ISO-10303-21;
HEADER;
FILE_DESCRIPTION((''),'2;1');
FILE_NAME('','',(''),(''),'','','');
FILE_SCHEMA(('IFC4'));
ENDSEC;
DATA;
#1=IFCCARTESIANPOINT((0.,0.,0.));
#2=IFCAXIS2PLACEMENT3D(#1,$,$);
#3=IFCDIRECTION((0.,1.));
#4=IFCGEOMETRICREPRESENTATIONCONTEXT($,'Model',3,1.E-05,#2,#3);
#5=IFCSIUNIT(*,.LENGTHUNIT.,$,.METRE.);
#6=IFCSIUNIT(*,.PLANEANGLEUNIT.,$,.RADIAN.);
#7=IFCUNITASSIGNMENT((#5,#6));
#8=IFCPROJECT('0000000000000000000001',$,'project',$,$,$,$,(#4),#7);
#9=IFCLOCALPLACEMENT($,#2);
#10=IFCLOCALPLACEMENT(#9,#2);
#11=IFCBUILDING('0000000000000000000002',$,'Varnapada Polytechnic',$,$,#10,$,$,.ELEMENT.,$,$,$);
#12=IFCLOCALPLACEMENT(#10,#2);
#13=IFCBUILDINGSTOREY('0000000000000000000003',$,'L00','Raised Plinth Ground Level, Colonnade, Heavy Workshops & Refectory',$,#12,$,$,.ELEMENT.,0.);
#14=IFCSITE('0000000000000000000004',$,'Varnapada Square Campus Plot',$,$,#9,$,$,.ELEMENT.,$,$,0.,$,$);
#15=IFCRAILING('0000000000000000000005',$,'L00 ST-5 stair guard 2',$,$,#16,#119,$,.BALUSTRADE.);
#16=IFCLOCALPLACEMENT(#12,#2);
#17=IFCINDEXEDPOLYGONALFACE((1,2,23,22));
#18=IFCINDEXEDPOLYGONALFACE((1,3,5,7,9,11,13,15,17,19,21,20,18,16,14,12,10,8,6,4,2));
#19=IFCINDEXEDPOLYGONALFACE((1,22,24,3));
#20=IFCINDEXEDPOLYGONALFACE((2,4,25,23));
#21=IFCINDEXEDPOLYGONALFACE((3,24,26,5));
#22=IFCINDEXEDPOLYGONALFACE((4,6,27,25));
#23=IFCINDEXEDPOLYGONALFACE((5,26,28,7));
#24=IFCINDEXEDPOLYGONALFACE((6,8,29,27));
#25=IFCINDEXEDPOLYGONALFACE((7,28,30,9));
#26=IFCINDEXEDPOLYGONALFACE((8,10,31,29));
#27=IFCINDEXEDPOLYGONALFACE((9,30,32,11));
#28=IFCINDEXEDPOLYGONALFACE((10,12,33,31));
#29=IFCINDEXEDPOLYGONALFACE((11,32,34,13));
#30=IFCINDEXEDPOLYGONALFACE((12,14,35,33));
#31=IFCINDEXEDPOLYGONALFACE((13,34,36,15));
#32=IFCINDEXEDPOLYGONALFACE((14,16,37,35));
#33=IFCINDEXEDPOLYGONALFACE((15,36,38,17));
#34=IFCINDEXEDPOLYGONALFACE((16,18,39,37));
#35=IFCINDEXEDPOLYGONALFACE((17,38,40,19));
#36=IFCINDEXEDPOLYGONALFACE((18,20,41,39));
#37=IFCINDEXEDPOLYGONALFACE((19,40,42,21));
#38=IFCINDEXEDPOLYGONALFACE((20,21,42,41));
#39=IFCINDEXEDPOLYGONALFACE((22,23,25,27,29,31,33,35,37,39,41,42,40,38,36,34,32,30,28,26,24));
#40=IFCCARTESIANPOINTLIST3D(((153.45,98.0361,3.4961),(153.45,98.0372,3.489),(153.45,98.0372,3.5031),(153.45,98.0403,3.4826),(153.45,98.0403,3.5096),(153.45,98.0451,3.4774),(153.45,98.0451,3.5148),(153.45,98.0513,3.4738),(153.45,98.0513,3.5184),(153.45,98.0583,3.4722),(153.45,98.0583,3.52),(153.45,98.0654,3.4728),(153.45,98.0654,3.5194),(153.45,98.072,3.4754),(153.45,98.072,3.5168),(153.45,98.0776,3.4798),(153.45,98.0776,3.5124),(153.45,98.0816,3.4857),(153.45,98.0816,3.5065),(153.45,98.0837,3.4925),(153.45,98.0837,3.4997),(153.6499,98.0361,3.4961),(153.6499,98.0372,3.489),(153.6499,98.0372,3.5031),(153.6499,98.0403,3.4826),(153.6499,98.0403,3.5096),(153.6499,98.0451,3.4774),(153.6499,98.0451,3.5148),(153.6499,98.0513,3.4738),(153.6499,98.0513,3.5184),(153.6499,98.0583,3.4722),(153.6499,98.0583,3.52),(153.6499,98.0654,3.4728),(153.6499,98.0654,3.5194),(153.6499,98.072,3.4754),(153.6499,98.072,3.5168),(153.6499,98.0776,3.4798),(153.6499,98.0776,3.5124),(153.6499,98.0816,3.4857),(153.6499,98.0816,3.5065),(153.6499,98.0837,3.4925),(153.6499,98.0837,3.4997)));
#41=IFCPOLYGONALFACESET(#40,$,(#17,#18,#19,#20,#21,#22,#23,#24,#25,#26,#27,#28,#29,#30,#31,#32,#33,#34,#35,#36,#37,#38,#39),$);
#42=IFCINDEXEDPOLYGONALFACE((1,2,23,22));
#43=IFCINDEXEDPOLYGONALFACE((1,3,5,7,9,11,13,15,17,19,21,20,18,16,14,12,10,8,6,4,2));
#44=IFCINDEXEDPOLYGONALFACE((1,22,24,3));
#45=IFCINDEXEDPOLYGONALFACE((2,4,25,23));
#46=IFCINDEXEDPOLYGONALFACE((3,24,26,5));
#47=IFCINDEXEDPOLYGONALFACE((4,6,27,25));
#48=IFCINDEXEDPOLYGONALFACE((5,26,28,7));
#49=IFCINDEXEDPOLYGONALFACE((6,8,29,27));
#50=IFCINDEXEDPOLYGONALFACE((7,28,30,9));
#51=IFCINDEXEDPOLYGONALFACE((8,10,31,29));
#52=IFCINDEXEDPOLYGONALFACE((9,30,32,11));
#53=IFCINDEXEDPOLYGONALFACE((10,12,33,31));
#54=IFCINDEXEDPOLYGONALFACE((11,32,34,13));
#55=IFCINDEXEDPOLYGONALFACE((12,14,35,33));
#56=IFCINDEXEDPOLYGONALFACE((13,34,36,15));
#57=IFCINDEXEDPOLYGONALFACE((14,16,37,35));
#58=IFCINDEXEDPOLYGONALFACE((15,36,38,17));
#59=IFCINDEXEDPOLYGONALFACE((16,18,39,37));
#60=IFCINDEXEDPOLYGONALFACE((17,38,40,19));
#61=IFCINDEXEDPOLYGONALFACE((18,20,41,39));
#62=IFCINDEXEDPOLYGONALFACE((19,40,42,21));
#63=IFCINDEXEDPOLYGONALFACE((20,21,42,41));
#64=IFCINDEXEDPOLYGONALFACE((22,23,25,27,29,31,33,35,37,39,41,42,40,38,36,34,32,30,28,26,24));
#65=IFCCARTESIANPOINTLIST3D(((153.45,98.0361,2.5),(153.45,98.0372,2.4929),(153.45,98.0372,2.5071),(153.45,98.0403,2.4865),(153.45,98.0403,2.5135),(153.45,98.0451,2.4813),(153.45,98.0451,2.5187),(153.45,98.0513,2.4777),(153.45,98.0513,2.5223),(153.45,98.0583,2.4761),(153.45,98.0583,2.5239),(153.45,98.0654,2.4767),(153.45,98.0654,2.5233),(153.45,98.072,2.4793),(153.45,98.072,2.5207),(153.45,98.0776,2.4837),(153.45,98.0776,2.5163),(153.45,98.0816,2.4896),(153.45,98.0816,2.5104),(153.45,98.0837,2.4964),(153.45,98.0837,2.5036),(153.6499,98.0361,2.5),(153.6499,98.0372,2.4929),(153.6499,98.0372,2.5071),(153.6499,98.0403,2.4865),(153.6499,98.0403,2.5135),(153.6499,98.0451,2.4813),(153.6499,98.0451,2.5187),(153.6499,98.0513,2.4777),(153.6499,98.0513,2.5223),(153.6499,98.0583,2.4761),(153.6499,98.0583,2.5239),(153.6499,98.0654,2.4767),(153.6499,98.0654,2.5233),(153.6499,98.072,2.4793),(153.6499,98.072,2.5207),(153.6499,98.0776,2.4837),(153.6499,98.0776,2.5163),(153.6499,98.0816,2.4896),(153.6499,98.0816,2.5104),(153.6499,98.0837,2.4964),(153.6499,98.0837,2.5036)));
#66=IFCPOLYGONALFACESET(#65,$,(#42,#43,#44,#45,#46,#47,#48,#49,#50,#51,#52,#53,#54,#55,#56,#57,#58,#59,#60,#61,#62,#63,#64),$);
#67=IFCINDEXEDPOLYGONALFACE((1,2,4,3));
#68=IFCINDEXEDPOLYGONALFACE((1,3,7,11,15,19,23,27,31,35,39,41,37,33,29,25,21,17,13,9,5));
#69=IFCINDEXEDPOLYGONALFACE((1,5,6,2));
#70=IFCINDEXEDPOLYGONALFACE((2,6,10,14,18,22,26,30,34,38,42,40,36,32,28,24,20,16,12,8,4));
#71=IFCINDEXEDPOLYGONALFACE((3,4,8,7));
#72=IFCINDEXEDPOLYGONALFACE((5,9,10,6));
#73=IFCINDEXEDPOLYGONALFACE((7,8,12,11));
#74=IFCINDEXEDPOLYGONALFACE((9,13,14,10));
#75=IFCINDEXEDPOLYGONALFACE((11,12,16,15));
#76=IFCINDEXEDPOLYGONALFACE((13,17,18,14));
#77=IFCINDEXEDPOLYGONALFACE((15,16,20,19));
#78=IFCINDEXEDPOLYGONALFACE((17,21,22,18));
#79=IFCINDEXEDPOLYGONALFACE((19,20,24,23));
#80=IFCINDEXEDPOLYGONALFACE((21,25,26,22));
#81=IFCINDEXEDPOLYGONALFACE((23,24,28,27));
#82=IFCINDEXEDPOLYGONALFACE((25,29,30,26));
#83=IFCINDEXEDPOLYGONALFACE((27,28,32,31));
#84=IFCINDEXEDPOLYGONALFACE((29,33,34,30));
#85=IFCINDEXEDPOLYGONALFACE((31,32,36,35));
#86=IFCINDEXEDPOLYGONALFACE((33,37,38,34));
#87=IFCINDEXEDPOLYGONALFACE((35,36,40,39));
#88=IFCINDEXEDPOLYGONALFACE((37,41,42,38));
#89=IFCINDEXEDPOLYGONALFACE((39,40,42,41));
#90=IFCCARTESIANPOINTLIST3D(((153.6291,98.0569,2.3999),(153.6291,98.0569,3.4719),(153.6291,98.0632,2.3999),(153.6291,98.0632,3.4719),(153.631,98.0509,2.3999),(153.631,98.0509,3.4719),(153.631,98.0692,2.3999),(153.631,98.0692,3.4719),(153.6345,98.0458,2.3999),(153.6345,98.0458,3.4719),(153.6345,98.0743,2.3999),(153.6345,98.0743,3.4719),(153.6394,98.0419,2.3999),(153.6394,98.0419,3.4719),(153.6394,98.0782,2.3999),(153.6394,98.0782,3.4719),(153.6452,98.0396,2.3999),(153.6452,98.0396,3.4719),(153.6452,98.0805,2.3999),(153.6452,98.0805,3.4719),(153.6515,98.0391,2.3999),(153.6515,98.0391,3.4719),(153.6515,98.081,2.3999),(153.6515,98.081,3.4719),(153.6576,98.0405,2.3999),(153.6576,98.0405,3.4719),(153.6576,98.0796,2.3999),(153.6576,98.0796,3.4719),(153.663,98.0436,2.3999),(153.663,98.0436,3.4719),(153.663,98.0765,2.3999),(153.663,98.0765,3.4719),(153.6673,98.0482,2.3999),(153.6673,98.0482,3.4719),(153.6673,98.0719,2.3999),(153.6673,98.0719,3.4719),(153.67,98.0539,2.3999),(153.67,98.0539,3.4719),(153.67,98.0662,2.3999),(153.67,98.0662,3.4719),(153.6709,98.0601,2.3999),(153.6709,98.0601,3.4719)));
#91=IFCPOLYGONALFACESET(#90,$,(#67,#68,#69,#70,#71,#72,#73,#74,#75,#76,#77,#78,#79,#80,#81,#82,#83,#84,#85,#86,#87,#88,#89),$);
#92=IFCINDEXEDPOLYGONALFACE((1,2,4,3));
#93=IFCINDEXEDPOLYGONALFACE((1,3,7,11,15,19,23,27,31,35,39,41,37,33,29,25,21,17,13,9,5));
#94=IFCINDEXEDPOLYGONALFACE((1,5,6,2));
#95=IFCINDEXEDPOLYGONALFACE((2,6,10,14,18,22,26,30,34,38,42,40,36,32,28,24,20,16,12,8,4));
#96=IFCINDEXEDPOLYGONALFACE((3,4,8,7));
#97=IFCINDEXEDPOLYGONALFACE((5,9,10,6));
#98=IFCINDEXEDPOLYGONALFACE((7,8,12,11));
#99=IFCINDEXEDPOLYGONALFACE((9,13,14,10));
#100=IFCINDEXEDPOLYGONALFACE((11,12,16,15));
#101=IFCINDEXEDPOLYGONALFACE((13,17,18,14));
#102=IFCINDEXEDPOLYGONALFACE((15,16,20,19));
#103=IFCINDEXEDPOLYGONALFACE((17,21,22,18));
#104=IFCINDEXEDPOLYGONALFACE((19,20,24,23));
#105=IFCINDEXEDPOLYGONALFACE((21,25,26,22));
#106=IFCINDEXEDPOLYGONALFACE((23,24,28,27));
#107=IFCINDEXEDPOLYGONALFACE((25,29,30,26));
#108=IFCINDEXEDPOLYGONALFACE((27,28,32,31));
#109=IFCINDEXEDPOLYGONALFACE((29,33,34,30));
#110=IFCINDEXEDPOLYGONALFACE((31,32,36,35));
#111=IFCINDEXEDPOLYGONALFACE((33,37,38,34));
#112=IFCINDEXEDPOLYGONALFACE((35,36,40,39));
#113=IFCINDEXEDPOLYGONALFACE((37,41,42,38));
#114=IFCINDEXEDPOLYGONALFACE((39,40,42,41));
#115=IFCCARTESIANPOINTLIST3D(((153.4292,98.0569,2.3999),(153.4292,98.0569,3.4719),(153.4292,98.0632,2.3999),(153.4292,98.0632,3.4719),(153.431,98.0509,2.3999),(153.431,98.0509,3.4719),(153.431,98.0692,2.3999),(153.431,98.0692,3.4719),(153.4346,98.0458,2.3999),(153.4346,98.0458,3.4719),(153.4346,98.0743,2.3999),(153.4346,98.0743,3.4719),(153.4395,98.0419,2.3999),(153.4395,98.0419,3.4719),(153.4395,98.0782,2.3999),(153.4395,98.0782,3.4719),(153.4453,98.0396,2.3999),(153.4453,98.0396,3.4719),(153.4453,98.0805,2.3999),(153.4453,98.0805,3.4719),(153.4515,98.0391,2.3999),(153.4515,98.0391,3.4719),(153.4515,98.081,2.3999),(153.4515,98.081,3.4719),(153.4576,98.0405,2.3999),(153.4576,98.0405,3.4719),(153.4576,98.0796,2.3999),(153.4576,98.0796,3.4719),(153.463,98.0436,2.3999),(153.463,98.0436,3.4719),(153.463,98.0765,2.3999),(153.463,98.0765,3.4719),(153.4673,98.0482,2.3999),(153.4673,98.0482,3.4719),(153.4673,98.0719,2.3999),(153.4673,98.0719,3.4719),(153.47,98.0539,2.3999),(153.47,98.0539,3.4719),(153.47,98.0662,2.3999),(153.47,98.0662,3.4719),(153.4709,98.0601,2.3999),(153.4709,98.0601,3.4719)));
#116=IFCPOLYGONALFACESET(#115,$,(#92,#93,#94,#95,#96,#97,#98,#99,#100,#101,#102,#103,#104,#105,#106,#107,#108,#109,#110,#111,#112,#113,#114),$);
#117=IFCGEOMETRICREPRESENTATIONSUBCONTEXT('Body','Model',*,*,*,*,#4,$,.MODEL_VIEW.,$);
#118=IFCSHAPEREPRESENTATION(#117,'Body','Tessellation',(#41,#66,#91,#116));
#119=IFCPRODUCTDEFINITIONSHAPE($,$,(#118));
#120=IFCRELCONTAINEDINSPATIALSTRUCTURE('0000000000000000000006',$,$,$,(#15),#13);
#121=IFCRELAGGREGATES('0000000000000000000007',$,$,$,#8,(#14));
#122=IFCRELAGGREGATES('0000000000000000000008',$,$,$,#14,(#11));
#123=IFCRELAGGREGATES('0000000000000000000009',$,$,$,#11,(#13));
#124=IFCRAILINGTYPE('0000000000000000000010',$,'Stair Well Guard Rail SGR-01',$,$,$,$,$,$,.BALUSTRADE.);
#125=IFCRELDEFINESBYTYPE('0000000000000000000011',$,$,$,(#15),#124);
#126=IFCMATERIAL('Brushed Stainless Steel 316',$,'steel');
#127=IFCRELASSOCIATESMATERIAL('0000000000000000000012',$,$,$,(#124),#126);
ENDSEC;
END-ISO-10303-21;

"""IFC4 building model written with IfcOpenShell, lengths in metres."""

from ifc_helpers import new_model, si_unit, direction, frame, origin, origin_2d, place, context, subcontext, project, spatial, circle, extrude, material, type_object, element, save


model = new_model("IFC4")

# Units and contexts
model_context = context("Model", 3, precision=1e-05, world=origin(), true_north=direction((0.0, 1.0)))
body_context = subcontext(model_context, "Body", "Model", "MODEL_VIEW")
ifc_project = project(units=[si_unit("LENGTHUNIT", "METRE"), si_unit("PLANEANGLEUNIT", "RADIAN")], contexts=[model_context])

# Site, building, storey
site_placement = place(None, origin())
site = spatial("IfcSite", under=ifc_project, at=site_placement, Name="Varnapada Square Campus Plot", CompositionType="ELEMENT", RefElevation=0.0)
building_placement = place(site_placement, origin())
building = spatial("IfcBuilding", under=site, at=building_placement, Name="Varnapada Polytechnic", CompositionType="ELEMENT")
storey_placement = place(building_placement, origin())
storey = spatial("IfcBuildingStorey", under=building, at=storey_placement, Name="L00", Description="Raised Plinth Ground Level, Colonnade, Heavy Workshops & Refectory", CompositionType="ELEMENT", Elevation=0.0)

# Shared definitions
ifc_material_1 = material(Name="Brushed Stainless Steel 316", Category="steel")

# Railing
railing_type_1 = type_object("IfcRailingType", Name="Stair Well Guard Rail SGR-01", PredefinedType="BALUSTRADE", material=ifc_material_1)
railing_1_placement = place(storey_placement, frame((153.6499, 98.0601, 2.3999)))
element("IfcRailing", 1, at=railing_1_placement, inside=storey, type_object=railing_type_1, Name="L00 ST-5 stair guard 2", PredefinedType="BALUSTRADE", context=body_context, shape_type="SweptSolid", body=[
    extrude(circle(Radius=0.0239, at=origin_2d()), frame((0.0, 0.0, 1.0962), z_axis=(-1.0, 0.0, 0.0), x_axis=(0.0, -1.0, 0.0)), (0.0, 0.0, 1.0), 0.2),
    extrude(circle(Radius=0.0239, at=origin_2d()), frame((0.0, 0.0, 0.1001), z_axis=(-1.0, 0.0, 0.0), x_axis=(0.0, -1.0, 0.0)), (0.0, 0.0, 1.0), 0.2),
    extrude(circle(Radius=0.021, at=origin_2d()), origin(), (0.0, 0.0, 1.0), 1.072),
    extrude(circle(Radius=0.021, at=origin_2d()), frame((-0.2, 0.0, 0.0)), (0.0, 0.0, 1.0), 1.072),
])

save(model, "model.ifc")
